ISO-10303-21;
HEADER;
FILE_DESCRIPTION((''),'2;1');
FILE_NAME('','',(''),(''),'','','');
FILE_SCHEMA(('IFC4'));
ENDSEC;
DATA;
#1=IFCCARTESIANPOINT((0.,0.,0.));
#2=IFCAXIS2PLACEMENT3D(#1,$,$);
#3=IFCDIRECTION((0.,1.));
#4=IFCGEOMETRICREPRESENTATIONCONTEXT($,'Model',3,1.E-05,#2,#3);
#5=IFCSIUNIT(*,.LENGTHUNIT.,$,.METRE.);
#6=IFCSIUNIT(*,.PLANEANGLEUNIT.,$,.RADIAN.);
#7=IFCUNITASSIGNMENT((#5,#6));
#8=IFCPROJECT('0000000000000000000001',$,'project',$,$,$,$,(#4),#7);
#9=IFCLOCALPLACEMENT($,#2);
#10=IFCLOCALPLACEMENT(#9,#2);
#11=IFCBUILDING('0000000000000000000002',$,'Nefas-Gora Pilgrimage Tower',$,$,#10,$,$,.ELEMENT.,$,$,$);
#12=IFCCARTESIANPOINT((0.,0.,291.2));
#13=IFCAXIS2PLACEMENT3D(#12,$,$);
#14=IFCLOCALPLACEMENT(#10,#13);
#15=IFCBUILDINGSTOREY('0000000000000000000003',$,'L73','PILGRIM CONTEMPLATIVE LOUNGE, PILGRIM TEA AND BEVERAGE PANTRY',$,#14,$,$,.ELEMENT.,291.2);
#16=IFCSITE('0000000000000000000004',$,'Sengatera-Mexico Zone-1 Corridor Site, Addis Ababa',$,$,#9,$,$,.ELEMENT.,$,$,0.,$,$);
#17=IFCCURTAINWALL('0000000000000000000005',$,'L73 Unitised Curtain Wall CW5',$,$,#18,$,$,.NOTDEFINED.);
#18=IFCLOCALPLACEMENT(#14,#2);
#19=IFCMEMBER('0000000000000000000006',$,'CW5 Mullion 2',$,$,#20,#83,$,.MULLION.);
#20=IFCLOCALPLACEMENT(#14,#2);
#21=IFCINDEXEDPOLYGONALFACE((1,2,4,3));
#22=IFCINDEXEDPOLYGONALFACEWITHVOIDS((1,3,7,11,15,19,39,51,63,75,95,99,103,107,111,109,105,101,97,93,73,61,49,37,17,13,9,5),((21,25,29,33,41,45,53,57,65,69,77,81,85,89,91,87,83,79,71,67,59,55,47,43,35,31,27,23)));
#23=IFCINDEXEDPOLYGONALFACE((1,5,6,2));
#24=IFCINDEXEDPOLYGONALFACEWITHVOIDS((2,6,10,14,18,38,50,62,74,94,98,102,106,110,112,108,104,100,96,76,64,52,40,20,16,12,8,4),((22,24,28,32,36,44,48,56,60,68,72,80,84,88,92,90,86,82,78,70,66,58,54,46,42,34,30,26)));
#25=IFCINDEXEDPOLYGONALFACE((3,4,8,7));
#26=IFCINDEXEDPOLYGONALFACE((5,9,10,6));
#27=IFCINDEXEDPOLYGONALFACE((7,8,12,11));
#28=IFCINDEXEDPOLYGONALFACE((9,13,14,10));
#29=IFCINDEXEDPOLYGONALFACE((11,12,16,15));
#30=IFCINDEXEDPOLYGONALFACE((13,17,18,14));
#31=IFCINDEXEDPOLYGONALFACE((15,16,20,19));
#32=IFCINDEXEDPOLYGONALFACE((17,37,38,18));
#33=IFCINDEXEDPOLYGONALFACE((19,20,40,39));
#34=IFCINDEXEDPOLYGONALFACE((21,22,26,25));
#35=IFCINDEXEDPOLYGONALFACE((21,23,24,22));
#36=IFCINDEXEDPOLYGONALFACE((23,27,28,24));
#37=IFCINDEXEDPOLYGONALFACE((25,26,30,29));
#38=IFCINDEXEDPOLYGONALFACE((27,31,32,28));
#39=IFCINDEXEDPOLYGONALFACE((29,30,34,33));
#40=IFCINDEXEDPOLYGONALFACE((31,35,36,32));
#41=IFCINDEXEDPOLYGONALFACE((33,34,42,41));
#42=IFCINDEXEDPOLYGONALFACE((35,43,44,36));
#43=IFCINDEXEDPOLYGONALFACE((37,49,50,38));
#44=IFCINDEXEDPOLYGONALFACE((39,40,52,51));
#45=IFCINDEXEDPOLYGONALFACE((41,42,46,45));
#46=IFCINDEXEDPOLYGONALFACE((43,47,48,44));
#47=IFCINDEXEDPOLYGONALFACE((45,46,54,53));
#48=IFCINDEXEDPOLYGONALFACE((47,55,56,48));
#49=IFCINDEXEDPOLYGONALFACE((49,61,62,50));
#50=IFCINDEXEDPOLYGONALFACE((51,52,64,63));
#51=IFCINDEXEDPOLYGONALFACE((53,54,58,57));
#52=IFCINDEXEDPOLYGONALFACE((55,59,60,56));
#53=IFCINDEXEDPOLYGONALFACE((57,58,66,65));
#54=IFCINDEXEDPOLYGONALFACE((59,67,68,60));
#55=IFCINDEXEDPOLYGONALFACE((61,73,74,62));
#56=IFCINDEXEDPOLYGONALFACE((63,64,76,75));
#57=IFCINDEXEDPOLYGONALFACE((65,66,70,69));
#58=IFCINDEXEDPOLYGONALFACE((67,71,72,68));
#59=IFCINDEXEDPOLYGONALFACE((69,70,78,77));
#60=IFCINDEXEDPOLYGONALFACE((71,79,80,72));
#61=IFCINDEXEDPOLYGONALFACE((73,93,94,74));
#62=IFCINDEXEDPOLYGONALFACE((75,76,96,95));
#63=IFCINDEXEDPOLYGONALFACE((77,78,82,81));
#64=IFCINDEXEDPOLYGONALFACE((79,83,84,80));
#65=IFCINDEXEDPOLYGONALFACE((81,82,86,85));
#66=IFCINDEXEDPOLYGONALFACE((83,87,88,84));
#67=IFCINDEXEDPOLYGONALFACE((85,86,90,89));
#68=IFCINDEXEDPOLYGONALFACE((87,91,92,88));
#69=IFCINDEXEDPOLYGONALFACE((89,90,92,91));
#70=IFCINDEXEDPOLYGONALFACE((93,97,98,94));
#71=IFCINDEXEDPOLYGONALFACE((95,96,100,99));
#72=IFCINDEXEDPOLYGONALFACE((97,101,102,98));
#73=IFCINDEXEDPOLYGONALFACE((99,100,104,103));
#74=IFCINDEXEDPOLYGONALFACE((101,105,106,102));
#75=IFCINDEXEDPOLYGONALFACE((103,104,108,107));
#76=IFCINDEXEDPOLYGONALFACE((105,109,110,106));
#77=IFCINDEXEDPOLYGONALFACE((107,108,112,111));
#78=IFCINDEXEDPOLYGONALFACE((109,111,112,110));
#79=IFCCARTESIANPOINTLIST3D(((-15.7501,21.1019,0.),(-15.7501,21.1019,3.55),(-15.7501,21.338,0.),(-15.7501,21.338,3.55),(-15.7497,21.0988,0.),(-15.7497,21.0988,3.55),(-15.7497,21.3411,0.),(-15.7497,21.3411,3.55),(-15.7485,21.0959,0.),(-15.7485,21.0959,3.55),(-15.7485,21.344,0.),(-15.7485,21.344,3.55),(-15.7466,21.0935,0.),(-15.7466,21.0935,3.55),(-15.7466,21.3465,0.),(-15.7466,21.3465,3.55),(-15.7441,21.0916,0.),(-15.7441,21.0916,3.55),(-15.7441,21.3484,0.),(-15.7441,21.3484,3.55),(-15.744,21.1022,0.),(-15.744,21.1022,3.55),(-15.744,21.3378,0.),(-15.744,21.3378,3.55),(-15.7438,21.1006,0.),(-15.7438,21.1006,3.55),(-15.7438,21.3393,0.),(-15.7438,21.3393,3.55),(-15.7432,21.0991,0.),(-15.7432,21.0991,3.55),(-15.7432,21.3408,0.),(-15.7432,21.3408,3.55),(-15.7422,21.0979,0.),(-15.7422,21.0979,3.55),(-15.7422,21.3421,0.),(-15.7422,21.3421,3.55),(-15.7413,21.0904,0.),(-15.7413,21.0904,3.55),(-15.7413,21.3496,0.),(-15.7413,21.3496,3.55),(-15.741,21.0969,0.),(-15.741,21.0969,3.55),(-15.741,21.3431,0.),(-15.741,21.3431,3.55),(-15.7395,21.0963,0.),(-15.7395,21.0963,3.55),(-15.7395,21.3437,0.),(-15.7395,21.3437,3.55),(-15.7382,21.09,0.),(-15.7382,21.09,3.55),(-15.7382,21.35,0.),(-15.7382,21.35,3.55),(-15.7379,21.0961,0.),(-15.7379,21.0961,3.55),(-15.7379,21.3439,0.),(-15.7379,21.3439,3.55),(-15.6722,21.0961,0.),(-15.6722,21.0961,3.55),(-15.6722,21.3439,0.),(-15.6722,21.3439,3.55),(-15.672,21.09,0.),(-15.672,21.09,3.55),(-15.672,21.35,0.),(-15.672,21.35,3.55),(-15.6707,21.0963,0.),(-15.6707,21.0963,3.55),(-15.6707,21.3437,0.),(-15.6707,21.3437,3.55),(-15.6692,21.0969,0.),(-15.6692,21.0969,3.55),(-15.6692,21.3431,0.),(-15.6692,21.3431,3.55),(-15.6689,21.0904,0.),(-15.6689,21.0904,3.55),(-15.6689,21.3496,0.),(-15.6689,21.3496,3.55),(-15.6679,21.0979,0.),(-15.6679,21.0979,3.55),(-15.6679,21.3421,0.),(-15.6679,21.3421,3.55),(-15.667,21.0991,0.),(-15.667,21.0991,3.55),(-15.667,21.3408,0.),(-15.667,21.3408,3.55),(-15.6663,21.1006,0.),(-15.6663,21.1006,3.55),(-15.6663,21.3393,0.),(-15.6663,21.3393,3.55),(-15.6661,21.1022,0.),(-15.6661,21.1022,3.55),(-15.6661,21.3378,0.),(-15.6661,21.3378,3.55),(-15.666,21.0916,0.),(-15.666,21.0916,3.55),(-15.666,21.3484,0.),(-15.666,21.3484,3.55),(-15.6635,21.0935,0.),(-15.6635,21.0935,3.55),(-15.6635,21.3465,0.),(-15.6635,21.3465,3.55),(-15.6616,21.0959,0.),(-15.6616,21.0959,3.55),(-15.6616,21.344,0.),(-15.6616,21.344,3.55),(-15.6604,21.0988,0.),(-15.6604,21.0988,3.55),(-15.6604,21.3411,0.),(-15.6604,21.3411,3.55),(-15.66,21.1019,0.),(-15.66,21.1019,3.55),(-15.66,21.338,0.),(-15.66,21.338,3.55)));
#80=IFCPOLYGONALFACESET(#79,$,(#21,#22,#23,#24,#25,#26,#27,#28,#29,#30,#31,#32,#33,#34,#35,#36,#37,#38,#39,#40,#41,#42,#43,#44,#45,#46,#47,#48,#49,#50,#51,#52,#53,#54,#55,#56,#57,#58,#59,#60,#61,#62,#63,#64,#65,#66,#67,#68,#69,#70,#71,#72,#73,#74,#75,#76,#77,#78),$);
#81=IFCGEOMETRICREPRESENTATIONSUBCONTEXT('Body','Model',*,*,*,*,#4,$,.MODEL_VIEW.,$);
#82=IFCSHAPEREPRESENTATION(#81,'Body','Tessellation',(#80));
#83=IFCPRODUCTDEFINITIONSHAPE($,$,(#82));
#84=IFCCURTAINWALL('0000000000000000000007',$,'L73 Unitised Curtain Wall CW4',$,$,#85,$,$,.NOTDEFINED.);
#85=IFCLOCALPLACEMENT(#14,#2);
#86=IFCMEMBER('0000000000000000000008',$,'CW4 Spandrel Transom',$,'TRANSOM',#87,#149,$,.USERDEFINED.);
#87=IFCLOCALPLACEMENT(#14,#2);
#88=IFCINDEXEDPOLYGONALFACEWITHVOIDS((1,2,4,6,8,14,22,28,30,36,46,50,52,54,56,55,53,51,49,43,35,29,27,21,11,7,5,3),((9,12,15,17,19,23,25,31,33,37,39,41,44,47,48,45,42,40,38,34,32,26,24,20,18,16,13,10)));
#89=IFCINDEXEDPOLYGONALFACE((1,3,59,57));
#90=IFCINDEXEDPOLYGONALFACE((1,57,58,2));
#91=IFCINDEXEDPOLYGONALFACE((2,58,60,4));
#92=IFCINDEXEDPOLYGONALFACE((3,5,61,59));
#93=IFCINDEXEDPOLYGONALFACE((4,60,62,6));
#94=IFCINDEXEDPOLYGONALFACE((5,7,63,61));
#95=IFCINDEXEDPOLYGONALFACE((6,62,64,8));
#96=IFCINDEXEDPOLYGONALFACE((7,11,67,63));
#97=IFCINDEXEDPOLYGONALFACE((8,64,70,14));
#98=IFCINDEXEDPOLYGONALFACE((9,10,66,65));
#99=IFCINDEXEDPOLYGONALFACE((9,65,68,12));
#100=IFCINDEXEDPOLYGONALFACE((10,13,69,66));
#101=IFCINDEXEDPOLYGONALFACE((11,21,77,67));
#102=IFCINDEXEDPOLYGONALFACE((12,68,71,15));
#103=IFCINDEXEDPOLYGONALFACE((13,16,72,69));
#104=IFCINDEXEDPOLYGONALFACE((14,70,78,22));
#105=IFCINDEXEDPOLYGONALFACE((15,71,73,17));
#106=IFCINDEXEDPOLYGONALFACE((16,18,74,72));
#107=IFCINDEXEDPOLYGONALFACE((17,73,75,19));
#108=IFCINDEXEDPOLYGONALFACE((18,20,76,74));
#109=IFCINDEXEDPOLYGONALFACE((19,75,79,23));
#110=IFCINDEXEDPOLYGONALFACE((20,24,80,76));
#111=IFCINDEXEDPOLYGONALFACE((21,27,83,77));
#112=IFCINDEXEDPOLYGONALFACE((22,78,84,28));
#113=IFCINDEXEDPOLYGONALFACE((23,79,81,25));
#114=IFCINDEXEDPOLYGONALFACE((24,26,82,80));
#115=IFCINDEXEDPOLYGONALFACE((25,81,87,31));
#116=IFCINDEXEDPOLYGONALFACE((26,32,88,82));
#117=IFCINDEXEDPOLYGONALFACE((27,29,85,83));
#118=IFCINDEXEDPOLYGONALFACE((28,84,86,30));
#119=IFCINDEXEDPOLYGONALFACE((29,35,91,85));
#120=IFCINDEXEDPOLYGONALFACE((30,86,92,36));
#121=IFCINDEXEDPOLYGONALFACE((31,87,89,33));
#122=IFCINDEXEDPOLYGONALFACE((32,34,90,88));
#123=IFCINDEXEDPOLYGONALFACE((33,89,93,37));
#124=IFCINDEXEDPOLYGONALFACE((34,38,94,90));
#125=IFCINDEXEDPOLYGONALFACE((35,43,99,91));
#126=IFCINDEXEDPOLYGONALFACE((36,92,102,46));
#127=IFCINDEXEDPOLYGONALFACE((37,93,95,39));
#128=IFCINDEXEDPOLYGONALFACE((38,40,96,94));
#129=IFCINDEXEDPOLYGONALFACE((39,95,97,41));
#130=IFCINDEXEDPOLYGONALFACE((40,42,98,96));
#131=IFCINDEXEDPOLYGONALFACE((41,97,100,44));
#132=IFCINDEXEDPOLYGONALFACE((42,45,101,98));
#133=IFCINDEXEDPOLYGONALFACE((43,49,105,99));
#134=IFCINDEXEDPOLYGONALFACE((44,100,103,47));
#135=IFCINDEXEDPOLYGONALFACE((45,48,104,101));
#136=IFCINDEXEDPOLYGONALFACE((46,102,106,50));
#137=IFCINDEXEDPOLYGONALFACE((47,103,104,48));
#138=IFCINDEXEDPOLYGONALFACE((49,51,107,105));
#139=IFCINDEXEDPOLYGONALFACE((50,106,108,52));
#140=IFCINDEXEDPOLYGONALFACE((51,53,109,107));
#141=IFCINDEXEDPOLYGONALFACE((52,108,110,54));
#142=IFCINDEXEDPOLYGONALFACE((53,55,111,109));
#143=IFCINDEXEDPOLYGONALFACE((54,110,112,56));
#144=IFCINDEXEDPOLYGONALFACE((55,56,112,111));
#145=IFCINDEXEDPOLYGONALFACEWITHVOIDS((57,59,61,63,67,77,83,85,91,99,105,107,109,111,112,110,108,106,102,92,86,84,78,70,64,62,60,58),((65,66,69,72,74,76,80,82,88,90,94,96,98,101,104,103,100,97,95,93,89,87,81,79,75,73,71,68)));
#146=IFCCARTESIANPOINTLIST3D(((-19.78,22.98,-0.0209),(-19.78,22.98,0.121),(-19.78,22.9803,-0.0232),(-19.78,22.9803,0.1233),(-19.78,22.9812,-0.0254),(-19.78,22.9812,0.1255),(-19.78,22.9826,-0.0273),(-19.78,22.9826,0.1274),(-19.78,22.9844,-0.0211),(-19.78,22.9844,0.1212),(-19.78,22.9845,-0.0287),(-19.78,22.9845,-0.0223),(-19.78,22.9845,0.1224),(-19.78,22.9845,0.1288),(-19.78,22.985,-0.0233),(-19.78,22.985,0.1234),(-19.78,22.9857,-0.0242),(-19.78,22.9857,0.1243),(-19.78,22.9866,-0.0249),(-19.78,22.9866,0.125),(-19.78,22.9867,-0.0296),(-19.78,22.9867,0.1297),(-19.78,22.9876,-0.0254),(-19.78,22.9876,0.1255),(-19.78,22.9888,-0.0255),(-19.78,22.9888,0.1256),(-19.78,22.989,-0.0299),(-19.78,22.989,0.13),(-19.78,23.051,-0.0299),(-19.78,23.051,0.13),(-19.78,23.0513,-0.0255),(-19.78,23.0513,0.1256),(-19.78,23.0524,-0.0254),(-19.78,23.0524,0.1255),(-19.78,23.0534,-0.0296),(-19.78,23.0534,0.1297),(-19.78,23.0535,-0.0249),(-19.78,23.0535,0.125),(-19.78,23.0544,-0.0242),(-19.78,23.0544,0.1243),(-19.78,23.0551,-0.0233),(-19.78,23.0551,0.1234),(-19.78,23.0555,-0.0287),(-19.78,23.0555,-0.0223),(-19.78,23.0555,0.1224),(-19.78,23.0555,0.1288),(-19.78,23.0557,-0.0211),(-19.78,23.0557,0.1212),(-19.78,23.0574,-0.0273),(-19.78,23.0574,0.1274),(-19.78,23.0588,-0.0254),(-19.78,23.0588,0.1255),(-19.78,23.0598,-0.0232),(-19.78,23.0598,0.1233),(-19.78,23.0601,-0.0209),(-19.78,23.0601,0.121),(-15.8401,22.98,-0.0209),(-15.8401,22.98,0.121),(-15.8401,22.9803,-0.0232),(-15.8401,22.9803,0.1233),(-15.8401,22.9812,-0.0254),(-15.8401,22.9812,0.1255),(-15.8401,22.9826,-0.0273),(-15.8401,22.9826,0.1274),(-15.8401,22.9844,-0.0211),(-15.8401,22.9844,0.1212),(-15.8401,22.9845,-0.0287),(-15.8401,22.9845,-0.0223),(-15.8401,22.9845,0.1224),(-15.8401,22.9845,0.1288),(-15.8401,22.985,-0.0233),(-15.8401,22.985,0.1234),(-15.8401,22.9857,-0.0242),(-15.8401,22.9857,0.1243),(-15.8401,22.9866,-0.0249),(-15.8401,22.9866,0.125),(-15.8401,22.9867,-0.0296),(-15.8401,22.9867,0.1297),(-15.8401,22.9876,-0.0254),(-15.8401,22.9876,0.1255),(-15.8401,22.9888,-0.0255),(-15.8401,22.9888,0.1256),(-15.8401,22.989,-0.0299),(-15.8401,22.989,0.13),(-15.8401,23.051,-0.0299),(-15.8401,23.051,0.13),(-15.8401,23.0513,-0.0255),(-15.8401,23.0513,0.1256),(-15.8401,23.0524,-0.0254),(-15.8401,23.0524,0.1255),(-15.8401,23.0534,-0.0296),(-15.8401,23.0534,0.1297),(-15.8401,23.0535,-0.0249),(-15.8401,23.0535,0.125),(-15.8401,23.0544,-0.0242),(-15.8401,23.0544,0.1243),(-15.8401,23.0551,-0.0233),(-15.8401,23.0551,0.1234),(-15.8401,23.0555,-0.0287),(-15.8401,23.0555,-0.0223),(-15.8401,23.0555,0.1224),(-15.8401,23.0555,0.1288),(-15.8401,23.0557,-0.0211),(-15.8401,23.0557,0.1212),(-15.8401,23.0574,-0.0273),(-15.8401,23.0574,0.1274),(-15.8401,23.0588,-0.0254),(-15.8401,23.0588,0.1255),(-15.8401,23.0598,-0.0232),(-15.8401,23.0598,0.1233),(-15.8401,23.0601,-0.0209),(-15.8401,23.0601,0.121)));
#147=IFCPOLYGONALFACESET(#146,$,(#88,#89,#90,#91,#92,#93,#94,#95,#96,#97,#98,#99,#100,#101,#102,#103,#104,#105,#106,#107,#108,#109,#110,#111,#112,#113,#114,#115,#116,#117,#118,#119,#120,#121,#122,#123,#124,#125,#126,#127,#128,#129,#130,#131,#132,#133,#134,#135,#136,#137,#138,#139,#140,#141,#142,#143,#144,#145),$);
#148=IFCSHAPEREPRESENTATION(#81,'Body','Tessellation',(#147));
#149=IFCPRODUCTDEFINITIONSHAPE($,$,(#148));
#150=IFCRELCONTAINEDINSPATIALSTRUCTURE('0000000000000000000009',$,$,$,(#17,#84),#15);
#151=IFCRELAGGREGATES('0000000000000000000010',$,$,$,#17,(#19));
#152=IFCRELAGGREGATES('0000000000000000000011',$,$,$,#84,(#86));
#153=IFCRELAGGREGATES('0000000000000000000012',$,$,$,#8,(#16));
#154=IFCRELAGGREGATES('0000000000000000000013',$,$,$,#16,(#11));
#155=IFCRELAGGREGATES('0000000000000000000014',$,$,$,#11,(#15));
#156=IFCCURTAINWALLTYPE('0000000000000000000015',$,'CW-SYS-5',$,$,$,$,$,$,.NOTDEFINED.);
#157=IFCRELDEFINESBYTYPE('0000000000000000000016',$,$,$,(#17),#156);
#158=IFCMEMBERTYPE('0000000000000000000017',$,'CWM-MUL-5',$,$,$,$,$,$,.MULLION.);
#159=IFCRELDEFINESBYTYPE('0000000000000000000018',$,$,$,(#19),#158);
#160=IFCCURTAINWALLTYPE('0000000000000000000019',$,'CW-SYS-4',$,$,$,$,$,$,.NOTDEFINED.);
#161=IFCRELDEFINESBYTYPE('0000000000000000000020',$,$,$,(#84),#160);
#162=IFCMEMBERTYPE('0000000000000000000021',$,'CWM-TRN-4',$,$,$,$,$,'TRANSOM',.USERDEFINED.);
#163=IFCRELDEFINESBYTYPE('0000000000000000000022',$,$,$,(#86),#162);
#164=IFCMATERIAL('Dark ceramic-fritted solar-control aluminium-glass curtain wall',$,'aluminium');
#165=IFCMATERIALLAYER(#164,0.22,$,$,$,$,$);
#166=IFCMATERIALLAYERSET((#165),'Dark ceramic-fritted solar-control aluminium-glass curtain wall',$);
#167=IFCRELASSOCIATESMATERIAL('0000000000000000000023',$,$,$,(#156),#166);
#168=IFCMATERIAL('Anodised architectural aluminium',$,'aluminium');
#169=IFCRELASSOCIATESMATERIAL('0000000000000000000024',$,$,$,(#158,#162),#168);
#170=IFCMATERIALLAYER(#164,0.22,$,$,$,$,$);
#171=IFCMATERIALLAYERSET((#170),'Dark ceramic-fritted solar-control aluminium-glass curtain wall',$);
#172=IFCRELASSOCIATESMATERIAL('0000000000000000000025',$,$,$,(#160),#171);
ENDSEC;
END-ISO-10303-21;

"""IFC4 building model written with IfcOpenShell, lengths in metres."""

from ifc_helpers import new_model, si_unit, direction, frame, origin, origin_2d, place, context, subcontext, project, spatial, hollow_rectangle, extrude, source, transform, mapped, material, layer, layer_set, material_profile, profile_set, type_object, element, aggregate, save


model = new_model("IFC4")

# Units and contexts
model_context = context("Model", 3, precision=1e-05, world=origin(), true_north=direction((0.0, 1.0)))
body_context = subcontext(model_context, "Body", "Model", "MODEL_VIEW")
ifc_project = project(units=[si_unit("LENGTHUNIT", "METRE"), si_unit("PLANEANGLEUNIT", "RADIAN")], contexts=[model_context])

# Site, building, storey
site_placement = place(None, origin())
site = spatial("IfcSite", under=ifc_project, at=site_placement, Name="Sengatera-Mexico Zone-1 Corridor Site, Addis Ababa", CompositionType="ELEMENT", RefElevation=0.0)
building_placement = place(site_placement, origin())
building = spatial("IfcBuilding", under=site, at=building_placement, Name="Nefas-Gora Pilgrimage Tower", CompositionType="ELEMENT")
storey_placement = place(building_placement, frame((0.0, 0.0, 291.2)))
storey = spatial("IfcBuildingStorey", under=building, at=storey_placement, Name="L73", Description="PILGRIM CONTEMPLATIVE LOUNGE, PILGRIM TEA AND BEVERAGE PANTRY", CompositionType="ELEMENT", Elevation=291.2)

# Curtain wall, member
ifc_material_1 = material(Name="Dark ceramic-fritted solar-control aluminium-glass curtain wall", Category="aluminium")
ifc_layer_1 = layer(ifc_material_1, 0.22)
ifc_layer_set_1 = layer_set([ifc_layer_1], Name="Dark ceramic-fritted solar-control aluminium-glass curtain wall")
curtain_wall_type_1 = type_object("IfcCurtainWallType", Name="CW-SYS-5", PredefinedType="NOTDEFINED", material=ifc_layer_set_1)
curtain_wall_1_placement = place(storey_placement, origin())
curtain_wall_1 = element("IfcCurtainWall", 1, at=curtain_wall_1_placement, inside=storey, type_object=curtain_wall_type_1, Name="L73 Unitised Curtain Wall CW5", PredefinedType="NOTDEFINED")
ifc_material_2 = material(Name="Anodised architectural aluminium", Category="aluminium")
ifc_material_profile_1 = material_profile(ifc_material_2, hollow_rectangle(XDim=0.0901, YDim=0.26, WallThickness=0.0061, InnerFilletRadius=0.0061, OuterFilletRadius=0.012, at=origin_2d()), Name="ALU MULLION 90x260")
ifc_profile_set_1 = profile_set([ifc_material_profile_1], Name="Anodised architectural aluminium")
member_type_1 = type_object("IfcMemberType", Name="CWM-MUL-5", PredefinedType="MULLION", material=ifc_profile_set_1)
shared_shape_1 = source(origin(), body_context, "Body", "SweptSolid", [
    extrude(hollow_rectangle(XDim=0.0901, YDim=0.26, WallThickness=0.0061, InnerFilletRadius=0.0061, OuterFilletRadius=0.012, at=origin_2d()), origin(), (0.0, 0.0, 1.0), 3.55),
])
member_1_placement = place(storey_placement, frame((-15.7051, 21.22, 0.0), z_axis=(0.0, 0.0, 1.0), x_axis=(-1.0, 0.0, 0.0)))
member_1 = element("IfcMember", 2, at=member_1_placement, type_object=member_type_1, Name="CW5 Mullion 2", PredefinedType="MULLION", context=body_context, shape_type="MappedRepresentation", body=[
    mapped(shared_shape_1, transform((0.0, 0.0, 0.0), x_axis=(1.0, 0.0, 0.0), y_axis=(0.0, 1.0, 0.0), z_axis=(0.0, 0.0, 1.0), scale=1.0)),
])

# Curtain wall, member
ifc_layer_2 = layer(ifc_material_1, 0.22)
ifc_layer_set_2 = layer_set([ifc_layer_2], Name="Dark ceramic-fritted solar-control aluminium-glass curtain wall")
curtain_wall_type_2 = type_object("IfcCurtainWallType", Name="CW-SYS-4", PredefinedType="NOTDEFINED", material=ifc_layer_set_2)
curtain_wall_2_placement = place(storey_placement, origin())
curtain_wall_2 = element("IfcCurtainWall", 3, at=curtain_wall_2_placement, inside=storey, type_object=curtain_wall_type_2, Name="L73 Unitised Curtain Wall CW4", PredefinedType="NOTDEFINED")
ifc_material_profile_2 = material_profile(ifc_material_2, hollow_rectangle(XDim=0.0801, YDim=0.1599, WallThickness=0.0044, InnerFilletRadius=0.0044, OuterFilletRadius=0.009, at=origin_2d()), Name="ALU TRANSOM 80x160")
ifc_profile_set_2 = profile_set([ifc_material_profile_2], Name="Anodised architectural aluminium")
member_type_2 = type_object("IfcMemberType", Name="CWM-TRN-4", ElementType="TRANSOM", PredefinedType="USERDEFINED", material=ifc_profile_set_2)
shared_shape_2 = source(origin(), body_context, "Body", "SweptSolid", [
    extrude(hollow_rectangle(XDim=0.0801, YDim=0.1599, WallThickness=0.0044, InnerFilletRadius=0.0044, OuterFilletRadius=0.009, at=origin_2d()), origin(), (0.0, 0.0, 1.0), 3.9399),
])
member_2_placement = place(storey_placement, frame((-15.8401, 23.02, 0.05), z_axis=(-1.0, 0.0, 0.0), x_axis=(0.0, -1.0, 0.0)))
member_2 = element("IfcMember", 4, at=member_2_placement, type_object=member_type_2, Name="CW4 Spandrel Transom", ObjectType="TRANSOM", PredefinedType="USERDEFINED", context=body_context, shape_type="MappedRepresentation", body=[
    mapped(shared_shape_2, transform((0.0, 0.0, 0.0), x_axis=(1.0, 0.0, 0.0), y_axis=(0.0, 1.0, 0.0), z_axis=(0.0, 0.0, 1.0), scale=1.0)),
])

aggregate(curtain_wall_1, [member_1])
aggregate(curtain_wall_2, [member_2])

save(model, "model.ifc")
